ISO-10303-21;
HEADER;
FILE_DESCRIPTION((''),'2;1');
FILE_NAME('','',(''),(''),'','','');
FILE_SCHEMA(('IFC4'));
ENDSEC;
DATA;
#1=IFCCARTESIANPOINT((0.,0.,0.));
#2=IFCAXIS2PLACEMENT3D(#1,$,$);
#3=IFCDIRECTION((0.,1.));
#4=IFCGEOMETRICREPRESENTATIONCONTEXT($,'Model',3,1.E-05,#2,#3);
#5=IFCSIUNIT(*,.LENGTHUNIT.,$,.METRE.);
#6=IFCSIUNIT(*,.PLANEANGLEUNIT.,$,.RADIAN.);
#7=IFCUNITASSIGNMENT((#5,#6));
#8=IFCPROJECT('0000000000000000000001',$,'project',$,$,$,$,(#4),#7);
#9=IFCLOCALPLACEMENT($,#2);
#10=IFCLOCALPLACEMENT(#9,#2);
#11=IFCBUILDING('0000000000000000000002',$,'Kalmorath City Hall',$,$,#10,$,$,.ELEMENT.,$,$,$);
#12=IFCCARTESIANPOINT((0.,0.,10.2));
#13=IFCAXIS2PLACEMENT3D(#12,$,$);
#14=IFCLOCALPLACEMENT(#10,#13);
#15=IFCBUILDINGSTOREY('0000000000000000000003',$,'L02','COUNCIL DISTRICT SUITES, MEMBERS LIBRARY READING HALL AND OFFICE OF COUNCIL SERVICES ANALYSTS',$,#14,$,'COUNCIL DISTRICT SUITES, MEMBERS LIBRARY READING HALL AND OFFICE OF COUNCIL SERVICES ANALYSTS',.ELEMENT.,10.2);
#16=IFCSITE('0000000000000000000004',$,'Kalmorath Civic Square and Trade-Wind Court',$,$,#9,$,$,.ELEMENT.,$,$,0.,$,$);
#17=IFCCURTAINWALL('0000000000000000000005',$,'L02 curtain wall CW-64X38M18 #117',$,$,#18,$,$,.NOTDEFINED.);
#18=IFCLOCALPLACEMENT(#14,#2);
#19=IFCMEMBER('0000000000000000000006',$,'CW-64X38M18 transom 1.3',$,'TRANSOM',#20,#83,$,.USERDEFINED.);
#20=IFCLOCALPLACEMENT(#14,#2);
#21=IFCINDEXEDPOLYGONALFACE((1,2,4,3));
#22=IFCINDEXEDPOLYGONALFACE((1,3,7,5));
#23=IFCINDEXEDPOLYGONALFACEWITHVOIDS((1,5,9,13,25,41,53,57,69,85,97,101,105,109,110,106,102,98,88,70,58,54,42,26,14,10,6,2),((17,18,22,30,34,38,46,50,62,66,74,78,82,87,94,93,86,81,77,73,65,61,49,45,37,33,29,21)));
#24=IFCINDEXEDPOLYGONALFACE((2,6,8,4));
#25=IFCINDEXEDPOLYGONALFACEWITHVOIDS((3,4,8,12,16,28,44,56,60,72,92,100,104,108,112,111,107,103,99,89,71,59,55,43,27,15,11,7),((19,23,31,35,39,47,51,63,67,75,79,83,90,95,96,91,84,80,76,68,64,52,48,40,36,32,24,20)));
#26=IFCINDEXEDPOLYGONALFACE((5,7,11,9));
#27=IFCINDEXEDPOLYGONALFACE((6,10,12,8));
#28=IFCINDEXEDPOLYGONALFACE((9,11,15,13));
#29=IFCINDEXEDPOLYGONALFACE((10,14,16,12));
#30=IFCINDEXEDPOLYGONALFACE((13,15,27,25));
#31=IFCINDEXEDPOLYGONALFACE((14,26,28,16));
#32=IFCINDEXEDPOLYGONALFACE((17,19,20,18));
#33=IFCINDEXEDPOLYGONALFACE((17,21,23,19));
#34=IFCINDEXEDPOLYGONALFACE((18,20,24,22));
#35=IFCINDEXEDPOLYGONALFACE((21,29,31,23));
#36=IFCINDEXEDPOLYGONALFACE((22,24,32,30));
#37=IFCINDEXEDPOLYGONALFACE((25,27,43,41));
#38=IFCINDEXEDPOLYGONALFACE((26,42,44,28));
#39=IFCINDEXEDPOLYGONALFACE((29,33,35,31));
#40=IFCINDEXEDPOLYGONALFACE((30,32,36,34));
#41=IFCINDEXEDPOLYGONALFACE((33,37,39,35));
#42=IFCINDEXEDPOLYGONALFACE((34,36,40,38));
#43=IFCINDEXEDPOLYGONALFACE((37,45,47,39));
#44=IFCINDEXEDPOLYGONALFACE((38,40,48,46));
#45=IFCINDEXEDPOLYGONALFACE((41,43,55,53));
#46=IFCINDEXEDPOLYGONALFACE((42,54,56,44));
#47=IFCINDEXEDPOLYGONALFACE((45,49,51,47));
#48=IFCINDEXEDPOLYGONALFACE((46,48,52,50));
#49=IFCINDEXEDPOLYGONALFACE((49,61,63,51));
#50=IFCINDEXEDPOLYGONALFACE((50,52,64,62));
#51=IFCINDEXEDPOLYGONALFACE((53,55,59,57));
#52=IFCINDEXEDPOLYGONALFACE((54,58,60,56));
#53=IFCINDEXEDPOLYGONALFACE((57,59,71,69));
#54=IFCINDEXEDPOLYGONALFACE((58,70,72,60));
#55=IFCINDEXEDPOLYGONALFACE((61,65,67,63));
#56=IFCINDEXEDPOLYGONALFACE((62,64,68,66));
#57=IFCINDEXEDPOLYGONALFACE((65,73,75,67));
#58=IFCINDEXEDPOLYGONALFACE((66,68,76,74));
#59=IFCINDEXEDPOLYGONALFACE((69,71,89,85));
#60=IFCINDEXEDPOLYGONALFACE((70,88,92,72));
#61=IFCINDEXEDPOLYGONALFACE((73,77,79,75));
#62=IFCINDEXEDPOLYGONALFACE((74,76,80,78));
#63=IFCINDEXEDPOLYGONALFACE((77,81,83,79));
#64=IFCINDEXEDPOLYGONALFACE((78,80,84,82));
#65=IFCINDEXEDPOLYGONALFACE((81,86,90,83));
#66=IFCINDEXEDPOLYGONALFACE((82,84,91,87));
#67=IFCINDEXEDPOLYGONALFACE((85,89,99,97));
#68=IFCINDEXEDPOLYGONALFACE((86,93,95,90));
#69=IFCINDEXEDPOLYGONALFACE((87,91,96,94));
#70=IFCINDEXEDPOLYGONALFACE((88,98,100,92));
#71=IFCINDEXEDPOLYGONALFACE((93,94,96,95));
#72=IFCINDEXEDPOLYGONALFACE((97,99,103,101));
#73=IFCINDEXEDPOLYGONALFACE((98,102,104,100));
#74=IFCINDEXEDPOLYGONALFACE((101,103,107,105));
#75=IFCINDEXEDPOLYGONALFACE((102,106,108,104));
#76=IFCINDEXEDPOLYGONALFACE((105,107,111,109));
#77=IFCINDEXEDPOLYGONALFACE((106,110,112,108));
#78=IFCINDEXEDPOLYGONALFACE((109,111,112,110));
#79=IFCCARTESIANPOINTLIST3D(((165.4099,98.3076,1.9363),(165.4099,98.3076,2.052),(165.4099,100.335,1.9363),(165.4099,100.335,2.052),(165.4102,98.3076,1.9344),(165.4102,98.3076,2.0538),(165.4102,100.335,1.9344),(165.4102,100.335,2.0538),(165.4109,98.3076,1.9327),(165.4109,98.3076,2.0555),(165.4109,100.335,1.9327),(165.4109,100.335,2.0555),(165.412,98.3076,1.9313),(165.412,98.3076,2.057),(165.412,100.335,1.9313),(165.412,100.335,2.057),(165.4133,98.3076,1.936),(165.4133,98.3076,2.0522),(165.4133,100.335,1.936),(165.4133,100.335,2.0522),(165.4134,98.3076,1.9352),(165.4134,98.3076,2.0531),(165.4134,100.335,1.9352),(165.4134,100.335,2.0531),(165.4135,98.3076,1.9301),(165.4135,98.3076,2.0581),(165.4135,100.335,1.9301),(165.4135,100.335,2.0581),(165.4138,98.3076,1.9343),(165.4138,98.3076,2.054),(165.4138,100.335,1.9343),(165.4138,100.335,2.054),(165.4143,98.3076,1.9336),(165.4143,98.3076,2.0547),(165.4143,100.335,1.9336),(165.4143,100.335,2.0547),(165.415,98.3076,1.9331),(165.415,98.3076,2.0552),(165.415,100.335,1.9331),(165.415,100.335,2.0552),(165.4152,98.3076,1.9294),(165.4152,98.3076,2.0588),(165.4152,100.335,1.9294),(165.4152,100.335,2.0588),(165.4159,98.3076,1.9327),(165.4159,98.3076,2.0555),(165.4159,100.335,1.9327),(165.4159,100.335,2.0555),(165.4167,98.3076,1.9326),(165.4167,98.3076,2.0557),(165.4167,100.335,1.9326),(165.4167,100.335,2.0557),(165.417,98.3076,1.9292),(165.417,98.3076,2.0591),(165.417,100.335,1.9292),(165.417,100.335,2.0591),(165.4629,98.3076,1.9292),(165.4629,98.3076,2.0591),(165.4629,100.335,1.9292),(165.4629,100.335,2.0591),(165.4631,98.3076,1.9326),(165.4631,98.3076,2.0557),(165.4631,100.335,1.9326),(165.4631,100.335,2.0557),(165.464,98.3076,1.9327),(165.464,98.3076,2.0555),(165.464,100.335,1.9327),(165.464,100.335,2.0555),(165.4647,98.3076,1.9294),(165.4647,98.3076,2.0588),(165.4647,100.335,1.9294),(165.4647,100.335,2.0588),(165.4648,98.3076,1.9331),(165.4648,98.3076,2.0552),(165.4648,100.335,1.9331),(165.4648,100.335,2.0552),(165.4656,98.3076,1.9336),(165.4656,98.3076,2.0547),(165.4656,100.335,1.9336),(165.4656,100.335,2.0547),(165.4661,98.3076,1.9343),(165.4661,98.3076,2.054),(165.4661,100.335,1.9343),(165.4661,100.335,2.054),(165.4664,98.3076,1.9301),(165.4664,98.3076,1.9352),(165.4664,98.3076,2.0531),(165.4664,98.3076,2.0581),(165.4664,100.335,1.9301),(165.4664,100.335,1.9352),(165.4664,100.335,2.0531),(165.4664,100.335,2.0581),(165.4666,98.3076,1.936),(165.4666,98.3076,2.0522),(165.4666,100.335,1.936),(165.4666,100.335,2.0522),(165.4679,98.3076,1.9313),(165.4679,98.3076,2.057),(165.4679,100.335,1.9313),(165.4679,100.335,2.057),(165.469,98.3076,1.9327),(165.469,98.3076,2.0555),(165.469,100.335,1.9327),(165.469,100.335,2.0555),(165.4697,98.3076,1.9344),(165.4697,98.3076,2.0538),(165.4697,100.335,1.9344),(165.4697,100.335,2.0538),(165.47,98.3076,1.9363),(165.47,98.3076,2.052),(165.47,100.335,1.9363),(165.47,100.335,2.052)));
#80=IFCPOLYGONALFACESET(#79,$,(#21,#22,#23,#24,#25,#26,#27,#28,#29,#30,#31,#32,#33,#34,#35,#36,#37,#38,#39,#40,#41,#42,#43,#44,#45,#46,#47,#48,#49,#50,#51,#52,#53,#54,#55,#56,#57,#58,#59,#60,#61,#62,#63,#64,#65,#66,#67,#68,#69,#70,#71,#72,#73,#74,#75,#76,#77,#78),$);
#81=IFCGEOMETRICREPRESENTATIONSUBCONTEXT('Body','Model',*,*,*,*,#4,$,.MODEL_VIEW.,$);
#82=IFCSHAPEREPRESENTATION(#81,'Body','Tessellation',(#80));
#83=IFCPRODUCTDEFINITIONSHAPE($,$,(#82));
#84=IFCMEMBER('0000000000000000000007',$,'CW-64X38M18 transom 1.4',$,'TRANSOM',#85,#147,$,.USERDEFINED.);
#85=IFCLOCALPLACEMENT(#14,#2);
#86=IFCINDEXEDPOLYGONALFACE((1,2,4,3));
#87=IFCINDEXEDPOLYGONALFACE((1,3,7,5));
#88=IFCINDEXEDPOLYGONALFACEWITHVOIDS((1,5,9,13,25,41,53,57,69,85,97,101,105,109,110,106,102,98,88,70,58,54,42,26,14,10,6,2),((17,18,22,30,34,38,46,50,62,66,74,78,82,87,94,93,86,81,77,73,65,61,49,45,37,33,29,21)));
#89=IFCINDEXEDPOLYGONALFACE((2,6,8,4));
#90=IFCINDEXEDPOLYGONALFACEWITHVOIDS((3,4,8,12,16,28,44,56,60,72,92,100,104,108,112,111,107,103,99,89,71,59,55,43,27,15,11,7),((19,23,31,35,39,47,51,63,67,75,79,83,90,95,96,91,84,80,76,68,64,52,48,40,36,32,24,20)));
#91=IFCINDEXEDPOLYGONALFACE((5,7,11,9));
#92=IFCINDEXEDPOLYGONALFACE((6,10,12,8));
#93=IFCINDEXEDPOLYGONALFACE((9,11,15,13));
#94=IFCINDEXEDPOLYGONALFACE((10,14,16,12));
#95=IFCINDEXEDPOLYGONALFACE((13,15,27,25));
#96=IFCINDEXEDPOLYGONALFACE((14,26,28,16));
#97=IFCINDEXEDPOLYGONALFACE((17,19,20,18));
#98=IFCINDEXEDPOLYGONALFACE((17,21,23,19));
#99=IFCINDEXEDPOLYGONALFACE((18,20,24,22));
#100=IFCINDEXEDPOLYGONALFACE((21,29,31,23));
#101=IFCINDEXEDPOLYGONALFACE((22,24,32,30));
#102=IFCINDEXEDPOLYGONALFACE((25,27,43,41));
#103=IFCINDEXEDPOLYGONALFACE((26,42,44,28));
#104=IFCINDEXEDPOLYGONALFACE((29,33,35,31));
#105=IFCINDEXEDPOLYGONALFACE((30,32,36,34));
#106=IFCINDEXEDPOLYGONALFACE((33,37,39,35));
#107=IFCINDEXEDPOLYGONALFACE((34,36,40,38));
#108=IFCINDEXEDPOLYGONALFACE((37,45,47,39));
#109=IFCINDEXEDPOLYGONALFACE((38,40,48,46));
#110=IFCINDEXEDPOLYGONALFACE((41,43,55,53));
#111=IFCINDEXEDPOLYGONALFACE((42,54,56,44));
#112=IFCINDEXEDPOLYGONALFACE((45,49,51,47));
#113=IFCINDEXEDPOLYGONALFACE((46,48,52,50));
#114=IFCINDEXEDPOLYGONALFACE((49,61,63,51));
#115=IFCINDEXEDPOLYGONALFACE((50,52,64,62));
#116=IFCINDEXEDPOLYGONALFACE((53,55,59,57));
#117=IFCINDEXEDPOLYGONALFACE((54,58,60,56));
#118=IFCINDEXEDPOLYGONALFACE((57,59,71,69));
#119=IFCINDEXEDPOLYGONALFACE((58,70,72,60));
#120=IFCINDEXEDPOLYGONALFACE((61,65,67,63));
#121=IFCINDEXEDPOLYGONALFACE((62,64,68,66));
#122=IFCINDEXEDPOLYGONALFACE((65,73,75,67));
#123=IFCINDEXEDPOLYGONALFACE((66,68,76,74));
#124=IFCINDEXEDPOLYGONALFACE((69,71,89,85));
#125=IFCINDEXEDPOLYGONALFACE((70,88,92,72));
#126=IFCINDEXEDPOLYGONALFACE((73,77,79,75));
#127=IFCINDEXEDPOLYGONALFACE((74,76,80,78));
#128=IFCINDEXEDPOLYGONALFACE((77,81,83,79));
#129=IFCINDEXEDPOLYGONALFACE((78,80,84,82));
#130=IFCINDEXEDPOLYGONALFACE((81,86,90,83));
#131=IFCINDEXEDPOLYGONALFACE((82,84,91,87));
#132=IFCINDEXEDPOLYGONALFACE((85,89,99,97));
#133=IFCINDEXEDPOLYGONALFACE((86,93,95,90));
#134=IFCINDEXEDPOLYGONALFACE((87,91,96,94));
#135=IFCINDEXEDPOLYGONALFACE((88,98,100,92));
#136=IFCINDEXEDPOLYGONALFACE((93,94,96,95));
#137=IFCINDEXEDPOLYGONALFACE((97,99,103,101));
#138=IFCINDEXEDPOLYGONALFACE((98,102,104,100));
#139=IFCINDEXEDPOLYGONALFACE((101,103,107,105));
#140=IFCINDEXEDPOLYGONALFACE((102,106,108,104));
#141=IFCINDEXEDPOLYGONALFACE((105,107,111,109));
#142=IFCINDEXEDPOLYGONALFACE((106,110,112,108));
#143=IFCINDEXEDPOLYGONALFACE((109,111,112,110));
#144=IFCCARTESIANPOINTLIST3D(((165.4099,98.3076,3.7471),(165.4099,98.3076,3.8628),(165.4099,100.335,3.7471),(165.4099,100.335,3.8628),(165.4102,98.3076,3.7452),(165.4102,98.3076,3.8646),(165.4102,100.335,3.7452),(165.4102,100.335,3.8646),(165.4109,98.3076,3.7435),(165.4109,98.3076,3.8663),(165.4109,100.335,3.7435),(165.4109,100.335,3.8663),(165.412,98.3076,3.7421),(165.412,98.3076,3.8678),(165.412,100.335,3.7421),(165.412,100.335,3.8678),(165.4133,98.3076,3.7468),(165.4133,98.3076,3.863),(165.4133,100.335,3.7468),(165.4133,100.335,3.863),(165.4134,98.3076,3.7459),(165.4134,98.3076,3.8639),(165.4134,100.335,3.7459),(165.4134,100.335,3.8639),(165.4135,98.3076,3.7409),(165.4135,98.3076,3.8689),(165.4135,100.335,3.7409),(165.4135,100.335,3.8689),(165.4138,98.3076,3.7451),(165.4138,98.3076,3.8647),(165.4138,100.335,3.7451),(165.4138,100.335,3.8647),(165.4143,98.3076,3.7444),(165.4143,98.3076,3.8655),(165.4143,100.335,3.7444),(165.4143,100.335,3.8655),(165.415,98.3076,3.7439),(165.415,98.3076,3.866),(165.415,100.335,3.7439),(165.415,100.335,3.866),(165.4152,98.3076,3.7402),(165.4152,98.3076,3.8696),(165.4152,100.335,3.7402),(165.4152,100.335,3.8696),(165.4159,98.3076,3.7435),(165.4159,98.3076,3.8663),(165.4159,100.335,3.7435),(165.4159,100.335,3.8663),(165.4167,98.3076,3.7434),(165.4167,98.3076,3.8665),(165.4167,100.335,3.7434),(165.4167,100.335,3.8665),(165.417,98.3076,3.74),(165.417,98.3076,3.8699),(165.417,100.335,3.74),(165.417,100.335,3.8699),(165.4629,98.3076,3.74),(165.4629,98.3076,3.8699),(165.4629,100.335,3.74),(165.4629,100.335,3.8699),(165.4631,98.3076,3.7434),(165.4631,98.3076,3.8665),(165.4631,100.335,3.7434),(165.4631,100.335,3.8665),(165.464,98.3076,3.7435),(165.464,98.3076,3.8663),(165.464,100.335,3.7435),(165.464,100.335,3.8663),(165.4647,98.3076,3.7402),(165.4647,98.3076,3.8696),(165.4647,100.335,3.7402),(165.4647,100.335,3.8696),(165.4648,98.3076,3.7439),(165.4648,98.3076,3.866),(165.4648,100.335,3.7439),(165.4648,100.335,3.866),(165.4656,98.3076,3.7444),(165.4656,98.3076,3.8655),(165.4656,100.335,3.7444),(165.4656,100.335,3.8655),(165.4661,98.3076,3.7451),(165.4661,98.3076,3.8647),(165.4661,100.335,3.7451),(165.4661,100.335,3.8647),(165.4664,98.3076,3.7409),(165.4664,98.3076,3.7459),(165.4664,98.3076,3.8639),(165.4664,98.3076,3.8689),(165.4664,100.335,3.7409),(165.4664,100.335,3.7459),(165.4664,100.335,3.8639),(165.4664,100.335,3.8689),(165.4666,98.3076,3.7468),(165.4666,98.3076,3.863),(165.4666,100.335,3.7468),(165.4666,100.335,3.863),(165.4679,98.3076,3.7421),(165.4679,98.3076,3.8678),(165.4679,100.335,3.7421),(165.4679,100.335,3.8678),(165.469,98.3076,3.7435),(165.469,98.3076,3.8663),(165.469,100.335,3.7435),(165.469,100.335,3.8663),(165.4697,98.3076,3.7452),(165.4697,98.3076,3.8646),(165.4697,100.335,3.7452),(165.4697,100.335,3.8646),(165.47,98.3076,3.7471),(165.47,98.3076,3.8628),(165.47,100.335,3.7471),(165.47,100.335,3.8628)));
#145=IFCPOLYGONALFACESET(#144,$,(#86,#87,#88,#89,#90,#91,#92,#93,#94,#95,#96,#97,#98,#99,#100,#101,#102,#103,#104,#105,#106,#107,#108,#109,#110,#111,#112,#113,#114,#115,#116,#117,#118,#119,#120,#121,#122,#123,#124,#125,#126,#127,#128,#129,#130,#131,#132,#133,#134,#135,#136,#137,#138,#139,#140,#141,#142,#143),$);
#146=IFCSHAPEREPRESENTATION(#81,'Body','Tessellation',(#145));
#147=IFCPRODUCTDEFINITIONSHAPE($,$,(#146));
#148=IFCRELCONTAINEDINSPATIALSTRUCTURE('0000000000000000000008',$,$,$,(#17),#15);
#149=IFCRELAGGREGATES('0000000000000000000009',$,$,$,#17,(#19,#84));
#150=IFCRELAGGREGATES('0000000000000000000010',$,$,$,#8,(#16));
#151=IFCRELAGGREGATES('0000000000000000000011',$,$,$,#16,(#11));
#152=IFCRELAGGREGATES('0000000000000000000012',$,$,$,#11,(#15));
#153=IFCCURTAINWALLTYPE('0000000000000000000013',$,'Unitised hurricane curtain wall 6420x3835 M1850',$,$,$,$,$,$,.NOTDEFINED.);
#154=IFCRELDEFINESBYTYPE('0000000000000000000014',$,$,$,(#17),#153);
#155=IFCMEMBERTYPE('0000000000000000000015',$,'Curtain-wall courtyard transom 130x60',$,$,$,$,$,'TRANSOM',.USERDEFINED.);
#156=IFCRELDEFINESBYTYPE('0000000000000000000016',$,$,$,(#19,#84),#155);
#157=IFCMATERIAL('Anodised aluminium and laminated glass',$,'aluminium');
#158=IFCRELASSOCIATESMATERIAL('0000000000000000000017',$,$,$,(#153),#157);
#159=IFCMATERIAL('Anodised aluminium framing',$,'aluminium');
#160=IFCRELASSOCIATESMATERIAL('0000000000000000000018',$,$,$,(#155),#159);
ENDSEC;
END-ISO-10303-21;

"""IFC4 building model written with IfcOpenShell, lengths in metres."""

from ifc_helpers import new_model, si_unit, direction, frame, origin, origin_2d, place, context, subcontext, project, spatial, hollow_rectangle, extrude, material, material_profile, profile_set, type_object, element, aggregate, save


model = new_model("IFC4")

# Units and contexts
model_context = context("Model", 3, precision=1e-05, world=origin(), true_north=direction((0.0, 1.0)))
body_context = subcontext(model_context, "Body", "Model", "MODEL_VIEW")
ifc_project = project(units=[si_unit("LENGTHUNIT", "METRE"), si_unit("PLANEANGLEUNIT", "RADIAN")], contexts=[model_context])

# Site, building, storey
site_placement = place(None, origin())
site = spatial("IfcSite", under=ifc_project, at=site_placement, Name="Kalmorath Civic Square and Trade-Wind Court", CompositionType="ELEMENT", RefElevation=0.0)
building_placement = place(site_placement, origin())
building = spatial("IfcBuilding", under=site, at=building_placement, Name="Kalmorath City Hall", CompositionType="ELEMENT")
storey_placement = place(building_placement, frame((0.0, 0.0, 10.2)))
storey = spatial("IfcBuildingStorey", under=building, at=storey_placement, Name="L02", Description="COUNCIL DISTRICT SUITES, MEMBERS LIBRARY READING HALL AND OFFICE OF COUNCIL SERVICES ANALYSTS", LongName="COUNCIL DISTRICT SUITES, MEMBERS LIBRARY READING HALL AND OFFICE OF COUNCIL SERVICES ANALYSTS", CompositionType="ELEMENT", Elevation=10.2)

# Curtain wall, members
ifc_material_1 = material(Name="Anodised aluminium and laminated glass", Category="aluminium")
curtain_wall_type = type_object("IfcCurtainWallType", Name="Unitised hurricane curtain wall 6420x3835 M1850", PredefinedType="NOTDEFINED", material=ifc_material_1)
ifc_material_2 = material(Name="Anodised aluminium framing", Category="aluminium")
ifc_material_profile_1 = material_profile(ifc_material_2, hollow_rectangle(XDim=0.0601, YDim=0.1299, WallThickness=0.0034, InnerFilletRadius=0.0034, OuterFilletRadius=0.0071, at=origin_2d()), Name="ALU-TRN-130X60X3.5")
ifc_profile_set_1 = profile_set([ifc_material_profile_1], Name="Anodised aluminium framing")
member_type_1 = type_object("IfcMemberType", Name="Curtain-wall courtyard transom 130x60", ElementType="TRANSOM", PredefinedType="USERDEFINED", material=ifc_profile_set_1)
curtain_wall_1_placement = place(storey_placement, origin())
curtain_wall_1 = element("IfcCurtainWall", 1, at=curtain_wall_1_placement, inside=storey, type_object=curtain_wall_type, Name="L02 curtain wall CW-64X38M18 #117", PredefinedType="NOTDEFINED")
member_1_placement = place(storey_placement, frame((165.4399, 100.335, 1.9941), z_axis=(0.0, -1.0, 0.0), x_axis=(1.0, 0.0, 0.0)))
member_1 = element("IfcMember", 2, at=member_1_placement, type_object=member_type_1, Name="CW-64X38M18 transom 1.3", ObjectType="TRANSOM", PredefinedType="USERDEFINED", context=body_context, shape_type="SweptSolid", body=[
    extrude(hollow_rectangle(XDim=0.0601, YDim=0.1299, WallThickness=0.0034, InnerFilletRadius=0.0034, OuterFilletRadius=0.0071, at=origin_2d()), origin(), (0.0, 0.0, 1.0), 2.0273),
])
member_2_placement = place(storey_placement, frame((165.4399, 100.335, 3.8049), z_axis=(0.0, -1.0, 0.0), x_axis=(1.0, 0.0, 0.0)))
member_2 = element("IfcMember", 3, at=member_2_placement, type_object=member_type_1, Name="CW-64X38M18 transom 1.4", ObjectType="TRANSOM", PredefinedType="USERDEFINED", context=body_context, shape_type="SweptSolid", body=[
    extrude(hollow_rectangle(XDim=0.0601, YDim=0.1299, WallThickness=0.0034, InnerFilletRadius=0.0034, OuterFilletRadius=0.0071, at=origin_2d()), origin(), (0.0, 0.0, 1.0), 2.0273),
])

aggregate(curtain_wall_1, [member_1, member_2])

save(model, "model.ifc")
